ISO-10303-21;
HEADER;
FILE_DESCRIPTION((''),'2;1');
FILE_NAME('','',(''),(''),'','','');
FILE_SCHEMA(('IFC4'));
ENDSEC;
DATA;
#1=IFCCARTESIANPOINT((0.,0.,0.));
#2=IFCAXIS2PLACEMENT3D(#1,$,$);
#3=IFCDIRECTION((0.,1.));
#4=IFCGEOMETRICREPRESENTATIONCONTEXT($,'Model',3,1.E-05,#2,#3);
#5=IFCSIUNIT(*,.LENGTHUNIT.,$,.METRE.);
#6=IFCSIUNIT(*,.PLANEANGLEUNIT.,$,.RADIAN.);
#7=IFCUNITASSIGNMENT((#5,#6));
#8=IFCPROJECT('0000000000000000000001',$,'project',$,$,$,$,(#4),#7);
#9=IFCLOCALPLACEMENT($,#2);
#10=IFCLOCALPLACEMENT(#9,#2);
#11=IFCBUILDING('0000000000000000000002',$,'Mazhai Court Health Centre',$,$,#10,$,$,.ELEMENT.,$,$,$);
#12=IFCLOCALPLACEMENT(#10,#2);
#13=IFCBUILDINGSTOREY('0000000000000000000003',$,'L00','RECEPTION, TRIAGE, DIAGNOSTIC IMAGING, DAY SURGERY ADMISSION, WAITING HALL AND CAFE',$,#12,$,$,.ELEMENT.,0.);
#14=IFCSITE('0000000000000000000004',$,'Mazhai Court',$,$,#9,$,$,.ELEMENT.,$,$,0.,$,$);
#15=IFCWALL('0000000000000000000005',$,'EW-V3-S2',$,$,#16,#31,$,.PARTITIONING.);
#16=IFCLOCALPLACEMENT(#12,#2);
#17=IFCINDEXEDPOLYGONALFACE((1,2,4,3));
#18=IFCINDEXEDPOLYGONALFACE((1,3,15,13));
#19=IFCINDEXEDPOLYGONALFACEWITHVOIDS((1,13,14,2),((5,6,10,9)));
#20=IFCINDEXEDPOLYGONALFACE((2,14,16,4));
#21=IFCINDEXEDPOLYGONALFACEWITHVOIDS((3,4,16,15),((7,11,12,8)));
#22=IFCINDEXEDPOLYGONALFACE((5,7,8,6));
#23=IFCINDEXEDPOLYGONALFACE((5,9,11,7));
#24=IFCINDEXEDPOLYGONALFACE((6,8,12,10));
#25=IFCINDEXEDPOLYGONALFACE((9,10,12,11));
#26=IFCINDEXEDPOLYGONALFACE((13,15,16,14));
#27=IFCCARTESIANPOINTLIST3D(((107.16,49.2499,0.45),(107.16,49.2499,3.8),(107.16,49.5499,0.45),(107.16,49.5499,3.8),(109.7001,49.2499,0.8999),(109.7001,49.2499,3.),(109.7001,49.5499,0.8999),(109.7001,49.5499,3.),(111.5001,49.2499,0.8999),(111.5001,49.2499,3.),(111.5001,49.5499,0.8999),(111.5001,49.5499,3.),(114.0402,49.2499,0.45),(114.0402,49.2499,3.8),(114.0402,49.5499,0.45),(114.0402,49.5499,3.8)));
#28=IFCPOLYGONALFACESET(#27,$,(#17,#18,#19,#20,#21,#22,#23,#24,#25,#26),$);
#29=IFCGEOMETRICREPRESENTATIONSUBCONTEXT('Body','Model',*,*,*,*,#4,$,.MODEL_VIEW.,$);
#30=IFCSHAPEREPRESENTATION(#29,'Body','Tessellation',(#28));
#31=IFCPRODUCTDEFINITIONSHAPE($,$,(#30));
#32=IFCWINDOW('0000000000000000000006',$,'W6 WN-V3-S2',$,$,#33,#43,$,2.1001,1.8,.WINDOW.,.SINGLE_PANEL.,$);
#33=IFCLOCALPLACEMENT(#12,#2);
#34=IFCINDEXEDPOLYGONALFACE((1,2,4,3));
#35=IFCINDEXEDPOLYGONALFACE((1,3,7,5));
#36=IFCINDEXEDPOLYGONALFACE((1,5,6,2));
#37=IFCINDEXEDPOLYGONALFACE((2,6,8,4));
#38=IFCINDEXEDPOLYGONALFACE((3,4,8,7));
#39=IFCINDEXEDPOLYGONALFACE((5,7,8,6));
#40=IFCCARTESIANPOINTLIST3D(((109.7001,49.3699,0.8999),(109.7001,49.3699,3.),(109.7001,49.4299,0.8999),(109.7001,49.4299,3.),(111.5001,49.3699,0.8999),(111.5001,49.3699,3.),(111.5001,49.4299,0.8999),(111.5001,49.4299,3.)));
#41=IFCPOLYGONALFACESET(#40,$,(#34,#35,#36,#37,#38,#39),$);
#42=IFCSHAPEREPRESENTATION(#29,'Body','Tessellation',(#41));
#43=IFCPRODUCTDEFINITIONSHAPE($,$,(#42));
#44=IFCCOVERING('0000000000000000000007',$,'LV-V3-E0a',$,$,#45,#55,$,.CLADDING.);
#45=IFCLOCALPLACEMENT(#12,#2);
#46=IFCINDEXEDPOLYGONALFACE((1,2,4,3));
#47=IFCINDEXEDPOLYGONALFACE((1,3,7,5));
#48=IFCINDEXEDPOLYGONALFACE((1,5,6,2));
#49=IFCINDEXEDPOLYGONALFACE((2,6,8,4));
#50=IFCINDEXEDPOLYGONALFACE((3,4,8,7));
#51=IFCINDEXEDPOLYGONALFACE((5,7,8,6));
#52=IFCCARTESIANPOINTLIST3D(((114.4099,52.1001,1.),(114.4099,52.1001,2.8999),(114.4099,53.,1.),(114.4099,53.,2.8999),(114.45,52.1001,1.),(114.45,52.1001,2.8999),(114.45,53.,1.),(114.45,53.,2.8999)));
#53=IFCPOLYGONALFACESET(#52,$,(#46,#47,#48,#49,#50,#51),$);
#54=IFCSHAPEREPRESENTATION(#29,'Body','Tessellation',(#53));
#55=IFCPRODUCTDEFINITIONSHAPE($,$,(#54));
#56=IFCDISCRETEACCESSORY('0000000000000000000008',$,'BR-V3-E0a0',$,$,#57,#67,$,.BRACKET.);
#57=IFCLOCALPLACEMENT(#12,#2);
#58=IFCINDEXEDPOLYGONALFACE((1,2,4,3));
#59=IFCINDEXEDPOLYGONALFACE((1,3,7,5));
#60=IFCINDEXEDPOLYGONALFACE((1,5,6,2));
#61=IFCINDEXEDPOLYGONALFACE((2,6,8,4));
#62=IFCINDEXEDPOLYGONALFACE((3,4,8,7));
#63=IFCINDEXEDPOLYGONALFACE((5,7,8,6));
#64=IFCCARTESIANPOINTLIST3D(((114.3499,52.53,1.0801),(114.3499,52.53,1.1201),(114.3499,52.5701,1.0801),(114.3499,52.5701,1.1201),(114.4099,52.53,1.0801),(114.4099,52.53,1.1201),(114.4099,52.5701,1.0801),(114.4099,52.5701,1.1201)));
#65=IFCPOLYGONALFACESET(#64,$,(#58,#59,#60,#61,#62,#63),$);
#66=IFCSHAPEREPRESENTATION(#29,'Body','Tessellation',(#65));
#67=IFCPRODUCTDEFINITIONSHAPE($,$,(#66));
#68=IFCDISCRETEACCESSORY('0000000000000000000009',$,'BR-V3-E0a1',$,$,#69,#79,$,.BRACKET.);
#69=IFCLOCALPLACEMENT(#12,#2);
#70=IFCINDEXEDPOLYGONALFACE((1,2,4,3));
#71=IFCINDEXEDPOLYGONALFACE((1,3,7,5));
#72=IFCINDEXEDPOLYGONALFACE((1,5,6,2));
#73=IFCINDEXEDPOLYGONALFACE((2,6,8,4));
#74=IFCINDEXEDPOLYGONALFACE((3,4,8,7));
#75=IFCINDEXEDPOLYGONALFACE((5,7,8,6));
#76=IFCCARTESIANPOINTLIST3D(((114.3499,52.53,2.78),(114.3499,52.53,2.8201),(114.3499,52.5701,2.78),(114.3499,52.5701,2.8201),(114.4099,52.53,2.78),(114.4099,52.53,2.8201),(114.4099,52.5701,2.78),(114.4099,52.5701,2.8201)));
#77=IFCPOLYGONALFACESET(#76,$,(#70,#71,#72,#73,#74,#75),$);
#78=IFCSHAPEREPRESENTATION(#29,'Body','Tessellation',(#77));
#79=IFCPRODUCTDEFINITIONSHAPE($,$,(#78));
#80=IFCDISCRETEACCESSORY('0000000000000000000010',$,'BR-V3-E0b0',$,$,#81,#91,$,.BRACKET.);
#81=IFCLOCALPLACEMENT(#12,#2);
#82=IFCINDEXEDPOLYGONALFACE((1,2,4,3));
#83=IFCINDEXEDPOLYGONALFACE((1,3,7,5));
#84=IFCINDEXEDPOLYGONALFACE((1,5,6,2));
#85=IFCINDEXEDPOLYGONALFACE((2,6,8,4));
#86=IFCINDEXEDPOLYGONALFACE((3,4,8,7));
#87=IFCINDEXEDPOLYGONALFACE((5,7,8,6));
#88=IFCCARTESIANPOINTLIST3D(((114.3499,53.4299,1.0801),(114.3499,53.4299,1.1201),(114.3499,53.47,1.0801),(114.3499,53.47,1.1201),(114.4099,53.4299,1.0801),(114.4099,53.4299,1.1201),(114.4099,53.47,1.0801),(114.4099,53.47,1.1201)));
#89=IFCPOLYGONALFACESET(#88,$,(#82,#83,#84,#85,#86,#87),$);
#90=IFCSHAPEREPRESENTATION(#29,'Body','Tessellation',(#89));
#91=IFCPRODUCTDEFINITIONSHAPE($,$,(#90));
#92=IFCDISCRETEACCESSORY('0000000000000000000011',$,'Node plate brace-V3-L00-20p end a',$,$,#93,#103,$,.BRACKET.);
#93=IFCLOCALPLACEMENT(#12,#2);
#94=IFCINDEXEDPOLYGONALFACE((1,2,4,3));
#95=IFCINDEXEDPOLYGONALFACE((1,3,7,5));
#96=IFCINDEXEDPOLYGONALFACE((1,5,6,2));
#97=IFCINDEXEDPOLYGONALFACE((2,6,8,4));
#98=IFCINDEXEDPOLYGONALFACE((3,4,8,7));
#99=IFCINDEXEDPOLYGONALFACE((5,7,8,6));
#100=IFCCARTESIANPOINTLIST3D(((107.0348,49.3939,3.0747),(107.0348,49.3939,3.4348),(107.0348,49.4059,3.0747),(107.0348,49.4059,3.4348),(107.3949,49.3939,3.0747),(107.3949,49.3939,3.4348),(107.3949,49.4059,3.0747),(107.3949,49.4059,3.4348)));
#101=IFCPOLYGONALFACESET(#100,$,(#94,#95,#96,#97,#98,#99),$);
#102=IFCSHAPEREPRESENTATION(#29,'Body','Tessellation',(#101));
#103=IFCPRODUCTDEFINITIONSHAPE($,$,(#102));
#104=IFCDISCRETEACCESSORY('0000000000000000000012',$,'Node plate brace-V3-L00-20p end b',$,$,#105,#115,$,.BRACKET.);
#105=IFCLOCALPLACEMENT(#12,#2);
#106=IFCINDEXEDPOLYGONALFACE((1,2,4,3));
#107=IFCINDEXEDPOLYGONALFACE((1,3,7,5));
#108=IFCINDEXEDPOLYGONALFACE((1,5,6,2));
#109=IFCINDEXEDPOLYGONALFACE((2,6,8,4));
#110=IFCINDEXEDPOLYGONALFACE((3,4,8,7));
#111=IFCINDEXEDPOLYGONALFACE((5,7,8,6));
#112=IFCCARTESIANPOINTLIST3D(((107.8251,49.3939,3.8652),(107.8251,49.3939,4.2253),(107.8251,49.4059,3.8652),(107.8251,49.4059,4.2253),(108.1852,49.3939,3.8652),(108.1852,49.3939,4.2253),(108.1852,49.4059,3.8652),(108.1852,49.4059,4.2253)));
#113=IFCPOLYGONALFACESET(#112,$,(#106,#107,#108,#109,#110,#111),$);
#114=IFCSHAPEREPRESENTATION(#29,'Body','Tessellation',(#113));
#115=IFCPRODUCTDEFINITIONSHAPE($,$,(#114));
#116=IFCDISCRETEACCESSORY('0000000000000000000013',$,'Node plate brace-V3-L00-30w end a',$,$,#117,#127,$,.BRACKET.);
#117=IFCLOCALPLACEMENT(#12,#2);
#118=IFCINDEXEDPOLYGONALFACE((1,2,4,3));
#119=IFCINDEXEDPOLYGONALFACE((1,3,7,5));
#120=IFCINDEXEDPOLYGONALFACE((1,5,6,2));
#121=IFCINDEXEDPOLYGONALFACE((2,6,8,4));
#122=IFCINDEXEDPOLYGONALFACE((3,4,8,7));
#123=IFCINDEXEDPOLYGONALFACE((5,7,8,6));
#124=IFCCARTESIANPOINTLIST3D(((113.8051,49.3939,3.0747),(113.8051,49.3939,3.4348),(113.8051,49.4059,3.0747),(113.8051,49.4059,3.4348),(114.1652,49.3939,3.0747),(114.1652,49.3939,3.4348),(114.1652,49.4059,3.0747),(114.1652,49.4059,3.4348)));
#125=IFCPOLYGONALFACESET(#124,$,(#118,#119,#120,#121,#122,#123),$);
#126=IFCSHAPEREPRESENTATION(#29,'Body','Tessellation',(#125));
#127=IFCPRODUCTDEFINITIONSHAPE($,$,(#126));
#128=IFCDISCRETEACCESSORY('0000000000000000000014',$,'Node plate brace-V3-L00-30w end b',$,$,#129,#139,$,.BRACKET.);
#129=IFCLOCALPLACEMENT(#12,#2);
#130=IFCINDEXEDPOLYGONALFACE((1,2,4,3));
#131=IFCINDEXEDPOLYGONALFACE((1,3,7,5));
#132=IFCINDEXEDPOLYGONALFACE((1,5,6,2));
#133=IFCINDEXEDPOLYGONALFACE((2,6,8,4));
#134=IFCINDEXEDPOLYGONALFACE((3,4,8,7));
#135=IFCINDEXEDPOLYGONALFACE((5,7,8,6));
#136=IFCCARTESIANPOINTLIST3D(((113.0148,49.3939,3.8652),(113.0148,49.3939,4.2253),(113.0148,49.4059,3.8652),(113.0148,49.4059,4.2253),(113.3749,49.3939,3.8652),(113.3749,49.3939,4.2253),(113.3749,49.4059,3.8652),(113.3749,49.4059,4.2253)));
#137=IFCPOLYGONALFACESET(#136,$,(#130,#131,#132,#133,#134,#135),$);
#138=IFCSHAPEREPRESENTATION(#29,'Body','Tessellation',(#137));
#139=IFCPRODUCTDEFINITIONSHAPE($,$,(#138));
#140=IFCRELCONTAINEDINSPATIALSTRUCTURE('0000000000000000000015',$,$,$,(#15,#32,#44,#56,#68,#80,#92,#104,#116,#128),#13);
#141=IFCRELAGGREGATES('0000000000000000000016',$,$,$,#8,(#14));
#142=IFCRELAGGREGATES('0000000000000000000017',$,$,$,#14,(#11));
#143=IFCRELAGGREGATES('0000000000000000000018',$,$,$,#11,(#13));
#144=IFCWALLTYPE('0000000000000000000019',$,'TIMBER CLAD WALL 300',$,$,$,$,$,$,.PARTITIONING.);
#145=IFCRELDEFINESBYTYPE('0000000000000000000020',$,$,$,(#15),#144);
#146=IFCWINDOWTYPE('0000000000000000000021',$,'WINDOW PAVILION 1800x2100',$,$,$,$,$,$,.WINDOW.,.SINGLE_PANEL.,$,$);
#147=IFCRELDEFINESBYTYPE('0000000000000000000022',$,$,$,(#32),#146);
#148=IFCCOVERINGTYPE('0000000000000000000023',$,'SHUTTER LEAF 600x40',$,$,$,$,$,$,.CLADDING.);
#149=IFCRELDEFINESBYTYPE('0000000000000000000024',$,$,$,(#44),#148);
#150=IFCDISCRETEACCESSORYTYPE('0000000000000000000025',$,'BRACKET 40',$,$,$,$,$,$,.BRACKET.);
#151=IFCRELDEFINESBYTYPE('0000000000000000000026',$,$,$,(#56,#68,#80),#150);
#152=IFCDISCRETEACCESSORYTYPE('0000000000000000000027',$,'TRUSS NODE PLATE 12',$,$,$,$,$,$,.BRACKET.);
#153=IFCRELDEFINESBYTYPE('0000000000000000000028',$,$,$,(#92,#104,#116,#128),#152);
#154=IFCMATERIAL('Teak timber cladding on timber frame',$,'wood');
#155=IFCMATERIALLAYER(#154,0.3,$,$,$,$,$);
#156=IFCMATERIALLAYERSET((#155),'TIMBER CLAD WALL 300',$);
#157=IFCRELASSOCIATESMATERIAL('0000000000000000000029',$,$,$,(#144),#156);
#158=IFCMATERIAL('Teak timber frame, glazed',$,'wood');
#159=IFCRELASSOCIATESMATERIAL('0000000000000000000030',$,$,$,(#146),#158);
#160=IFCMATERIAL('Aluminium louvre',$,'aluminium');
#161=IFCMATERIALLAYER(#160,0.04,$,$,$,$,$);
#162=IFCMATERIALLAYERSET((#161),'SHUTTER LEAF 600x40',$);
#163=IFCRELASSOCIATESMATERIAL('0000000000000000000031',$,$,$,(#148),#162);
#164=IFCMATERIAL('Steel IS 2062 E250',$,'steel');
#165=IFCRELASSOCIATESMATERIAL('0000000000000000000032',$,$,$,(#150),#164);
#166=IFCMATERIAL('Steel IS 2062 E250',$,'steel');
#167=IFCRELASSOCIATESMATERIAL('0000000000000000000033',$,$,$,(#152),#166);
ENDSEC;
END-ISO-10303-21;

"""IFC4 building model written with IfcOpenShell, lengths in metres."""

from ifc_helpers import new_model, si_unit, direction, frame, frame_2d, origin, origin_2d, place, context, subcontext, project, spatial, rectangle, extrude, material, layer, layer_set, type_object, element, fill, save


model = new_model("IFC4")

# Units and contexts
model_context = context("Model", 3, precision=1e-05, world=origin(), true_north=direction((0.0, 1.0)))
body_context = subcontext(model_context, "Body", "Model", "MODEL_VIEW")
ifc_project = project(units=[si_unit("LENGTHUNIT", "METRE"), si_unit("PLANEANGLEUNIT", "RADIAN")], contexts=[model_context])

# Site, building, storey
site_placement = place(None, origin())
site = spatial("IfcSite", under=ifc_project, at=site_placement, Name="Mazhai Court", CompositionType="ELEMENT", RefElevation=0.0)
building_placement = place(site_placement, origin())
building = spatial("IfcBuilding", under=site, at=building_placement, Name="Mazhai Court Health Centre", CompositionType="ELEMENT")
storey_placement = place(building_placement, origin())
storey = spatial("IfcBuildingStorey", under=building, at=storey_placement, Name="L00", Description="RECEPTION, TRIAGE, DIAGNOSTIC IMAGING, DAY SURGERY ADMISSION, WAITING HALL AND CAFE", CompositionType="ELEMENT", Elevation=0.0)

# Wall, opening, window
ifc_material_1 = material(Name="Teak timber cladding on timber frame", Category="wood")
ifc_layer_1 = layer(ifc_material_1, 0.3)
ifc_layer_set_1 = layer_set([ifc_layer_1], Name="TIMBER CLAD WALL 300")
wall_type_1 = type_object("IfcWallType", Name="TIMBER CLAD WALL 300", PredefinedType="PARTITIONING", material=ifc_layer_set_1)
wall_1_placement = place(storey_placement, frame((114.04, 49.3999, 0.45), z_axis=(0.0, 0.0, 1.0), x_axis=(-1.0, 0.0, 0.0)))
wall_1 = element("IfcWall", 1, at=wall_1_placement, inside=storey, type_object=wall_type_1, Name="EW-V3-S2", PredefinedType="PARTITIONING", context=body_context, shape_type="SweptSolid", body=[
    extrude(rectangle(XDim=6.8801, YDim=0.3, at=frame_2d((3.4399, 0.0))), origin(), (0.0, 0.0, 1.0), 3.3501),
])
opening_placement = place(wall_1_placement, frame((2.54, 0.0, 0.45)))
opening = element("IfcOpeningElement", 2, at=opening_placement, cuts=wall_1, PredefinedType="OPENING", context=body_context, shape_type="SweptSolid", body=[
    extrude(rectangle(XDim=1.8, YDim=2.1001, at=frame_2d((0.8999, 1.05))), frame((0.0, 0.1599, 0.0), z_axis=(0.0, -1.0, 0.0), x_axis=(1.0, 0.0, 0.0)), (0.0, 0.0, 1.0), 0.3201),
])
ifc_material_2 = material(Name="Teak timber frame, glazed", Category="wood")
window_type = type_object("IfcWindowType", Name="WINDOW PAVILION 1800x2100", PartitioningType="SINGLE_PANEL", PredefinedType="WINDOW", material=ifc_material_2)
window_placement = place(opening_placement, origin())
window = element("IfcWindow", 3, at=window_placement, inside=storey, type_object=window_type, Name="W6 WN-V3-S2", OverallHeight=2.1001, OverallWidth=1.8, PartitioningType="SINGLE_PANEL", PredefinedType="WINDOW", context=body_context, shape_type="SweptSolid", body=[
    extrude(rectangle(XDim=1.8, YDim=2.1001, at=frame_2d((0.8999, 1.05))), frame((0.0, 0.03, 0.0), z_axis=(0.0, -1.0, 0.0), x_axis=(1.0, 0.0, 0.0)), (0.0, 0.0, 1.0), 0.0601),
])
fill(opening, window)

# Covering
ifc_material_3 = material(Name="Aluminium louvre", Category="aluminium")
ifc_layer_2 = layer(ifc_material_3, 0.04)
ifc_layer_set_2 = layer_set([ifc_layer_2], Name="SHUTTER LEAF 600x40")
covering_type = type_object("IfcCoveringType", Name="SHUTTER LEAF 600x40", PredefinedType="CLADDING", material=ifc_layer_set_2)
covering_placement = place(storey_placement, frame((114.4299, 52.55, 1.0), z_axis=(0.0, 0.0, 1.0), x_axis=(0.0, 1.0, 0.0)))
element("IfcCovering", 4, at=covering_placement, inside=storey, type_object=covering_type, Name="LV-V3-E0a", PredefinedType="CLADDING", context=body_context, shape_type="SweptSolid", body=[
    extrude(rectangle(XDim=0.8999, YDim=0.04, at=origin_2d()), origin(), (0.0, 0.0, 1.0), 1.8999),
])

# Discrete accessories
ifc_material_4 = material(Name="Steel IS 2062 E250", Category="steel")
discrete_accessory_type_1 = type_object("IfcDiscreteAccessoryType", Name="BRACKET 40", PredefinedType="BRACKET", material=ifc_material_4)
for number, where, z_axis, x_axis, name in (
    (5, (114.3799, 52.55, 1.0801), (0.0, 0.0, 1.0), (0.0, 1.0, 0.0), "BR-V3-E0a0"),
    (6, (114.3799, 52.55, 2.78), (0.0, 0.0, 1.0), (0.0, 1.0, 0.0), "BR-V3-E0a1"),
    (7, (114.3799, 53.45, 1.0801), (0.0, 0.0, 1.0), (0.0, 1.0, 0.0), "BR-V3-E0b0"),
):
    element("IfcDiscreteAccessory", number, at=place(storey_placement, frame(where, z_axis=z_axis, x_axis=x_axis)), inside=storey, type_object=discrete_accessory_type_1, Name=name, PredefinedType="BRACKET", context=body_context, shape_type="SweptSolid", body=[
        extrude(rectangle(XDim=0.04, YDim=0.0601, at=origin_2d()), origin(), (0.0, 0.0, 1.0), 0.04),
    ])
ifc_material_5 = material(Name="Steel IS 2062 E250", Category="steel")
discrete_accessory_type_2 = type_object("IfcDiscreteAccessoryType", Name="TRUSS NODE PLATE 12", PredefinedType="BRACKET", material=ifc_material_5)
for number, where, z_axis, x_axis, name in (
    (8, (107.2148, 49.3999, 3.0747), (0.0, 0.0, 1.0), (1.0, 0.0, 0.0), "Node plate brace-V3-L00-20p end a"),
    (9, (108.0051, 49.3999, 3.8652), (0.0, 0.0, 1.0), (1.0, 0.0, 0.0), "Node plate brace-V3-L00-20p end b"),
    (10, (113.9851, 49.3999, 3.0747), (0.0, 0.0, 1.0), (1.0, 0.0, 0.0), "Node plate brace-V3-L00-30w end a"),
    (11, (113.1948, 49.3999, 3.8652), (0.0, 0.0, 1.0), (1.0, 0.0, 0.0), "Node plate brace-V3-L00-30w end b"),
):
    element("IfcDiscreteAccessory", number, at=place(storey_placement, frame(where, z_axis=z_axis, x_axis=x_axis)), inside=storey, type_object=discrete_accessory_type_2, Name=name, PredefinedType="BRACKET", context=body_context, shape_type="SweptSolid", body=[
        extrude(rectangle(XDim=0.3601, YDim=0.012, at=origin_2d()), origin(), (0.0, 0.0, 1.0), 0.3601),
    ])

save(model, "model.ifc")
